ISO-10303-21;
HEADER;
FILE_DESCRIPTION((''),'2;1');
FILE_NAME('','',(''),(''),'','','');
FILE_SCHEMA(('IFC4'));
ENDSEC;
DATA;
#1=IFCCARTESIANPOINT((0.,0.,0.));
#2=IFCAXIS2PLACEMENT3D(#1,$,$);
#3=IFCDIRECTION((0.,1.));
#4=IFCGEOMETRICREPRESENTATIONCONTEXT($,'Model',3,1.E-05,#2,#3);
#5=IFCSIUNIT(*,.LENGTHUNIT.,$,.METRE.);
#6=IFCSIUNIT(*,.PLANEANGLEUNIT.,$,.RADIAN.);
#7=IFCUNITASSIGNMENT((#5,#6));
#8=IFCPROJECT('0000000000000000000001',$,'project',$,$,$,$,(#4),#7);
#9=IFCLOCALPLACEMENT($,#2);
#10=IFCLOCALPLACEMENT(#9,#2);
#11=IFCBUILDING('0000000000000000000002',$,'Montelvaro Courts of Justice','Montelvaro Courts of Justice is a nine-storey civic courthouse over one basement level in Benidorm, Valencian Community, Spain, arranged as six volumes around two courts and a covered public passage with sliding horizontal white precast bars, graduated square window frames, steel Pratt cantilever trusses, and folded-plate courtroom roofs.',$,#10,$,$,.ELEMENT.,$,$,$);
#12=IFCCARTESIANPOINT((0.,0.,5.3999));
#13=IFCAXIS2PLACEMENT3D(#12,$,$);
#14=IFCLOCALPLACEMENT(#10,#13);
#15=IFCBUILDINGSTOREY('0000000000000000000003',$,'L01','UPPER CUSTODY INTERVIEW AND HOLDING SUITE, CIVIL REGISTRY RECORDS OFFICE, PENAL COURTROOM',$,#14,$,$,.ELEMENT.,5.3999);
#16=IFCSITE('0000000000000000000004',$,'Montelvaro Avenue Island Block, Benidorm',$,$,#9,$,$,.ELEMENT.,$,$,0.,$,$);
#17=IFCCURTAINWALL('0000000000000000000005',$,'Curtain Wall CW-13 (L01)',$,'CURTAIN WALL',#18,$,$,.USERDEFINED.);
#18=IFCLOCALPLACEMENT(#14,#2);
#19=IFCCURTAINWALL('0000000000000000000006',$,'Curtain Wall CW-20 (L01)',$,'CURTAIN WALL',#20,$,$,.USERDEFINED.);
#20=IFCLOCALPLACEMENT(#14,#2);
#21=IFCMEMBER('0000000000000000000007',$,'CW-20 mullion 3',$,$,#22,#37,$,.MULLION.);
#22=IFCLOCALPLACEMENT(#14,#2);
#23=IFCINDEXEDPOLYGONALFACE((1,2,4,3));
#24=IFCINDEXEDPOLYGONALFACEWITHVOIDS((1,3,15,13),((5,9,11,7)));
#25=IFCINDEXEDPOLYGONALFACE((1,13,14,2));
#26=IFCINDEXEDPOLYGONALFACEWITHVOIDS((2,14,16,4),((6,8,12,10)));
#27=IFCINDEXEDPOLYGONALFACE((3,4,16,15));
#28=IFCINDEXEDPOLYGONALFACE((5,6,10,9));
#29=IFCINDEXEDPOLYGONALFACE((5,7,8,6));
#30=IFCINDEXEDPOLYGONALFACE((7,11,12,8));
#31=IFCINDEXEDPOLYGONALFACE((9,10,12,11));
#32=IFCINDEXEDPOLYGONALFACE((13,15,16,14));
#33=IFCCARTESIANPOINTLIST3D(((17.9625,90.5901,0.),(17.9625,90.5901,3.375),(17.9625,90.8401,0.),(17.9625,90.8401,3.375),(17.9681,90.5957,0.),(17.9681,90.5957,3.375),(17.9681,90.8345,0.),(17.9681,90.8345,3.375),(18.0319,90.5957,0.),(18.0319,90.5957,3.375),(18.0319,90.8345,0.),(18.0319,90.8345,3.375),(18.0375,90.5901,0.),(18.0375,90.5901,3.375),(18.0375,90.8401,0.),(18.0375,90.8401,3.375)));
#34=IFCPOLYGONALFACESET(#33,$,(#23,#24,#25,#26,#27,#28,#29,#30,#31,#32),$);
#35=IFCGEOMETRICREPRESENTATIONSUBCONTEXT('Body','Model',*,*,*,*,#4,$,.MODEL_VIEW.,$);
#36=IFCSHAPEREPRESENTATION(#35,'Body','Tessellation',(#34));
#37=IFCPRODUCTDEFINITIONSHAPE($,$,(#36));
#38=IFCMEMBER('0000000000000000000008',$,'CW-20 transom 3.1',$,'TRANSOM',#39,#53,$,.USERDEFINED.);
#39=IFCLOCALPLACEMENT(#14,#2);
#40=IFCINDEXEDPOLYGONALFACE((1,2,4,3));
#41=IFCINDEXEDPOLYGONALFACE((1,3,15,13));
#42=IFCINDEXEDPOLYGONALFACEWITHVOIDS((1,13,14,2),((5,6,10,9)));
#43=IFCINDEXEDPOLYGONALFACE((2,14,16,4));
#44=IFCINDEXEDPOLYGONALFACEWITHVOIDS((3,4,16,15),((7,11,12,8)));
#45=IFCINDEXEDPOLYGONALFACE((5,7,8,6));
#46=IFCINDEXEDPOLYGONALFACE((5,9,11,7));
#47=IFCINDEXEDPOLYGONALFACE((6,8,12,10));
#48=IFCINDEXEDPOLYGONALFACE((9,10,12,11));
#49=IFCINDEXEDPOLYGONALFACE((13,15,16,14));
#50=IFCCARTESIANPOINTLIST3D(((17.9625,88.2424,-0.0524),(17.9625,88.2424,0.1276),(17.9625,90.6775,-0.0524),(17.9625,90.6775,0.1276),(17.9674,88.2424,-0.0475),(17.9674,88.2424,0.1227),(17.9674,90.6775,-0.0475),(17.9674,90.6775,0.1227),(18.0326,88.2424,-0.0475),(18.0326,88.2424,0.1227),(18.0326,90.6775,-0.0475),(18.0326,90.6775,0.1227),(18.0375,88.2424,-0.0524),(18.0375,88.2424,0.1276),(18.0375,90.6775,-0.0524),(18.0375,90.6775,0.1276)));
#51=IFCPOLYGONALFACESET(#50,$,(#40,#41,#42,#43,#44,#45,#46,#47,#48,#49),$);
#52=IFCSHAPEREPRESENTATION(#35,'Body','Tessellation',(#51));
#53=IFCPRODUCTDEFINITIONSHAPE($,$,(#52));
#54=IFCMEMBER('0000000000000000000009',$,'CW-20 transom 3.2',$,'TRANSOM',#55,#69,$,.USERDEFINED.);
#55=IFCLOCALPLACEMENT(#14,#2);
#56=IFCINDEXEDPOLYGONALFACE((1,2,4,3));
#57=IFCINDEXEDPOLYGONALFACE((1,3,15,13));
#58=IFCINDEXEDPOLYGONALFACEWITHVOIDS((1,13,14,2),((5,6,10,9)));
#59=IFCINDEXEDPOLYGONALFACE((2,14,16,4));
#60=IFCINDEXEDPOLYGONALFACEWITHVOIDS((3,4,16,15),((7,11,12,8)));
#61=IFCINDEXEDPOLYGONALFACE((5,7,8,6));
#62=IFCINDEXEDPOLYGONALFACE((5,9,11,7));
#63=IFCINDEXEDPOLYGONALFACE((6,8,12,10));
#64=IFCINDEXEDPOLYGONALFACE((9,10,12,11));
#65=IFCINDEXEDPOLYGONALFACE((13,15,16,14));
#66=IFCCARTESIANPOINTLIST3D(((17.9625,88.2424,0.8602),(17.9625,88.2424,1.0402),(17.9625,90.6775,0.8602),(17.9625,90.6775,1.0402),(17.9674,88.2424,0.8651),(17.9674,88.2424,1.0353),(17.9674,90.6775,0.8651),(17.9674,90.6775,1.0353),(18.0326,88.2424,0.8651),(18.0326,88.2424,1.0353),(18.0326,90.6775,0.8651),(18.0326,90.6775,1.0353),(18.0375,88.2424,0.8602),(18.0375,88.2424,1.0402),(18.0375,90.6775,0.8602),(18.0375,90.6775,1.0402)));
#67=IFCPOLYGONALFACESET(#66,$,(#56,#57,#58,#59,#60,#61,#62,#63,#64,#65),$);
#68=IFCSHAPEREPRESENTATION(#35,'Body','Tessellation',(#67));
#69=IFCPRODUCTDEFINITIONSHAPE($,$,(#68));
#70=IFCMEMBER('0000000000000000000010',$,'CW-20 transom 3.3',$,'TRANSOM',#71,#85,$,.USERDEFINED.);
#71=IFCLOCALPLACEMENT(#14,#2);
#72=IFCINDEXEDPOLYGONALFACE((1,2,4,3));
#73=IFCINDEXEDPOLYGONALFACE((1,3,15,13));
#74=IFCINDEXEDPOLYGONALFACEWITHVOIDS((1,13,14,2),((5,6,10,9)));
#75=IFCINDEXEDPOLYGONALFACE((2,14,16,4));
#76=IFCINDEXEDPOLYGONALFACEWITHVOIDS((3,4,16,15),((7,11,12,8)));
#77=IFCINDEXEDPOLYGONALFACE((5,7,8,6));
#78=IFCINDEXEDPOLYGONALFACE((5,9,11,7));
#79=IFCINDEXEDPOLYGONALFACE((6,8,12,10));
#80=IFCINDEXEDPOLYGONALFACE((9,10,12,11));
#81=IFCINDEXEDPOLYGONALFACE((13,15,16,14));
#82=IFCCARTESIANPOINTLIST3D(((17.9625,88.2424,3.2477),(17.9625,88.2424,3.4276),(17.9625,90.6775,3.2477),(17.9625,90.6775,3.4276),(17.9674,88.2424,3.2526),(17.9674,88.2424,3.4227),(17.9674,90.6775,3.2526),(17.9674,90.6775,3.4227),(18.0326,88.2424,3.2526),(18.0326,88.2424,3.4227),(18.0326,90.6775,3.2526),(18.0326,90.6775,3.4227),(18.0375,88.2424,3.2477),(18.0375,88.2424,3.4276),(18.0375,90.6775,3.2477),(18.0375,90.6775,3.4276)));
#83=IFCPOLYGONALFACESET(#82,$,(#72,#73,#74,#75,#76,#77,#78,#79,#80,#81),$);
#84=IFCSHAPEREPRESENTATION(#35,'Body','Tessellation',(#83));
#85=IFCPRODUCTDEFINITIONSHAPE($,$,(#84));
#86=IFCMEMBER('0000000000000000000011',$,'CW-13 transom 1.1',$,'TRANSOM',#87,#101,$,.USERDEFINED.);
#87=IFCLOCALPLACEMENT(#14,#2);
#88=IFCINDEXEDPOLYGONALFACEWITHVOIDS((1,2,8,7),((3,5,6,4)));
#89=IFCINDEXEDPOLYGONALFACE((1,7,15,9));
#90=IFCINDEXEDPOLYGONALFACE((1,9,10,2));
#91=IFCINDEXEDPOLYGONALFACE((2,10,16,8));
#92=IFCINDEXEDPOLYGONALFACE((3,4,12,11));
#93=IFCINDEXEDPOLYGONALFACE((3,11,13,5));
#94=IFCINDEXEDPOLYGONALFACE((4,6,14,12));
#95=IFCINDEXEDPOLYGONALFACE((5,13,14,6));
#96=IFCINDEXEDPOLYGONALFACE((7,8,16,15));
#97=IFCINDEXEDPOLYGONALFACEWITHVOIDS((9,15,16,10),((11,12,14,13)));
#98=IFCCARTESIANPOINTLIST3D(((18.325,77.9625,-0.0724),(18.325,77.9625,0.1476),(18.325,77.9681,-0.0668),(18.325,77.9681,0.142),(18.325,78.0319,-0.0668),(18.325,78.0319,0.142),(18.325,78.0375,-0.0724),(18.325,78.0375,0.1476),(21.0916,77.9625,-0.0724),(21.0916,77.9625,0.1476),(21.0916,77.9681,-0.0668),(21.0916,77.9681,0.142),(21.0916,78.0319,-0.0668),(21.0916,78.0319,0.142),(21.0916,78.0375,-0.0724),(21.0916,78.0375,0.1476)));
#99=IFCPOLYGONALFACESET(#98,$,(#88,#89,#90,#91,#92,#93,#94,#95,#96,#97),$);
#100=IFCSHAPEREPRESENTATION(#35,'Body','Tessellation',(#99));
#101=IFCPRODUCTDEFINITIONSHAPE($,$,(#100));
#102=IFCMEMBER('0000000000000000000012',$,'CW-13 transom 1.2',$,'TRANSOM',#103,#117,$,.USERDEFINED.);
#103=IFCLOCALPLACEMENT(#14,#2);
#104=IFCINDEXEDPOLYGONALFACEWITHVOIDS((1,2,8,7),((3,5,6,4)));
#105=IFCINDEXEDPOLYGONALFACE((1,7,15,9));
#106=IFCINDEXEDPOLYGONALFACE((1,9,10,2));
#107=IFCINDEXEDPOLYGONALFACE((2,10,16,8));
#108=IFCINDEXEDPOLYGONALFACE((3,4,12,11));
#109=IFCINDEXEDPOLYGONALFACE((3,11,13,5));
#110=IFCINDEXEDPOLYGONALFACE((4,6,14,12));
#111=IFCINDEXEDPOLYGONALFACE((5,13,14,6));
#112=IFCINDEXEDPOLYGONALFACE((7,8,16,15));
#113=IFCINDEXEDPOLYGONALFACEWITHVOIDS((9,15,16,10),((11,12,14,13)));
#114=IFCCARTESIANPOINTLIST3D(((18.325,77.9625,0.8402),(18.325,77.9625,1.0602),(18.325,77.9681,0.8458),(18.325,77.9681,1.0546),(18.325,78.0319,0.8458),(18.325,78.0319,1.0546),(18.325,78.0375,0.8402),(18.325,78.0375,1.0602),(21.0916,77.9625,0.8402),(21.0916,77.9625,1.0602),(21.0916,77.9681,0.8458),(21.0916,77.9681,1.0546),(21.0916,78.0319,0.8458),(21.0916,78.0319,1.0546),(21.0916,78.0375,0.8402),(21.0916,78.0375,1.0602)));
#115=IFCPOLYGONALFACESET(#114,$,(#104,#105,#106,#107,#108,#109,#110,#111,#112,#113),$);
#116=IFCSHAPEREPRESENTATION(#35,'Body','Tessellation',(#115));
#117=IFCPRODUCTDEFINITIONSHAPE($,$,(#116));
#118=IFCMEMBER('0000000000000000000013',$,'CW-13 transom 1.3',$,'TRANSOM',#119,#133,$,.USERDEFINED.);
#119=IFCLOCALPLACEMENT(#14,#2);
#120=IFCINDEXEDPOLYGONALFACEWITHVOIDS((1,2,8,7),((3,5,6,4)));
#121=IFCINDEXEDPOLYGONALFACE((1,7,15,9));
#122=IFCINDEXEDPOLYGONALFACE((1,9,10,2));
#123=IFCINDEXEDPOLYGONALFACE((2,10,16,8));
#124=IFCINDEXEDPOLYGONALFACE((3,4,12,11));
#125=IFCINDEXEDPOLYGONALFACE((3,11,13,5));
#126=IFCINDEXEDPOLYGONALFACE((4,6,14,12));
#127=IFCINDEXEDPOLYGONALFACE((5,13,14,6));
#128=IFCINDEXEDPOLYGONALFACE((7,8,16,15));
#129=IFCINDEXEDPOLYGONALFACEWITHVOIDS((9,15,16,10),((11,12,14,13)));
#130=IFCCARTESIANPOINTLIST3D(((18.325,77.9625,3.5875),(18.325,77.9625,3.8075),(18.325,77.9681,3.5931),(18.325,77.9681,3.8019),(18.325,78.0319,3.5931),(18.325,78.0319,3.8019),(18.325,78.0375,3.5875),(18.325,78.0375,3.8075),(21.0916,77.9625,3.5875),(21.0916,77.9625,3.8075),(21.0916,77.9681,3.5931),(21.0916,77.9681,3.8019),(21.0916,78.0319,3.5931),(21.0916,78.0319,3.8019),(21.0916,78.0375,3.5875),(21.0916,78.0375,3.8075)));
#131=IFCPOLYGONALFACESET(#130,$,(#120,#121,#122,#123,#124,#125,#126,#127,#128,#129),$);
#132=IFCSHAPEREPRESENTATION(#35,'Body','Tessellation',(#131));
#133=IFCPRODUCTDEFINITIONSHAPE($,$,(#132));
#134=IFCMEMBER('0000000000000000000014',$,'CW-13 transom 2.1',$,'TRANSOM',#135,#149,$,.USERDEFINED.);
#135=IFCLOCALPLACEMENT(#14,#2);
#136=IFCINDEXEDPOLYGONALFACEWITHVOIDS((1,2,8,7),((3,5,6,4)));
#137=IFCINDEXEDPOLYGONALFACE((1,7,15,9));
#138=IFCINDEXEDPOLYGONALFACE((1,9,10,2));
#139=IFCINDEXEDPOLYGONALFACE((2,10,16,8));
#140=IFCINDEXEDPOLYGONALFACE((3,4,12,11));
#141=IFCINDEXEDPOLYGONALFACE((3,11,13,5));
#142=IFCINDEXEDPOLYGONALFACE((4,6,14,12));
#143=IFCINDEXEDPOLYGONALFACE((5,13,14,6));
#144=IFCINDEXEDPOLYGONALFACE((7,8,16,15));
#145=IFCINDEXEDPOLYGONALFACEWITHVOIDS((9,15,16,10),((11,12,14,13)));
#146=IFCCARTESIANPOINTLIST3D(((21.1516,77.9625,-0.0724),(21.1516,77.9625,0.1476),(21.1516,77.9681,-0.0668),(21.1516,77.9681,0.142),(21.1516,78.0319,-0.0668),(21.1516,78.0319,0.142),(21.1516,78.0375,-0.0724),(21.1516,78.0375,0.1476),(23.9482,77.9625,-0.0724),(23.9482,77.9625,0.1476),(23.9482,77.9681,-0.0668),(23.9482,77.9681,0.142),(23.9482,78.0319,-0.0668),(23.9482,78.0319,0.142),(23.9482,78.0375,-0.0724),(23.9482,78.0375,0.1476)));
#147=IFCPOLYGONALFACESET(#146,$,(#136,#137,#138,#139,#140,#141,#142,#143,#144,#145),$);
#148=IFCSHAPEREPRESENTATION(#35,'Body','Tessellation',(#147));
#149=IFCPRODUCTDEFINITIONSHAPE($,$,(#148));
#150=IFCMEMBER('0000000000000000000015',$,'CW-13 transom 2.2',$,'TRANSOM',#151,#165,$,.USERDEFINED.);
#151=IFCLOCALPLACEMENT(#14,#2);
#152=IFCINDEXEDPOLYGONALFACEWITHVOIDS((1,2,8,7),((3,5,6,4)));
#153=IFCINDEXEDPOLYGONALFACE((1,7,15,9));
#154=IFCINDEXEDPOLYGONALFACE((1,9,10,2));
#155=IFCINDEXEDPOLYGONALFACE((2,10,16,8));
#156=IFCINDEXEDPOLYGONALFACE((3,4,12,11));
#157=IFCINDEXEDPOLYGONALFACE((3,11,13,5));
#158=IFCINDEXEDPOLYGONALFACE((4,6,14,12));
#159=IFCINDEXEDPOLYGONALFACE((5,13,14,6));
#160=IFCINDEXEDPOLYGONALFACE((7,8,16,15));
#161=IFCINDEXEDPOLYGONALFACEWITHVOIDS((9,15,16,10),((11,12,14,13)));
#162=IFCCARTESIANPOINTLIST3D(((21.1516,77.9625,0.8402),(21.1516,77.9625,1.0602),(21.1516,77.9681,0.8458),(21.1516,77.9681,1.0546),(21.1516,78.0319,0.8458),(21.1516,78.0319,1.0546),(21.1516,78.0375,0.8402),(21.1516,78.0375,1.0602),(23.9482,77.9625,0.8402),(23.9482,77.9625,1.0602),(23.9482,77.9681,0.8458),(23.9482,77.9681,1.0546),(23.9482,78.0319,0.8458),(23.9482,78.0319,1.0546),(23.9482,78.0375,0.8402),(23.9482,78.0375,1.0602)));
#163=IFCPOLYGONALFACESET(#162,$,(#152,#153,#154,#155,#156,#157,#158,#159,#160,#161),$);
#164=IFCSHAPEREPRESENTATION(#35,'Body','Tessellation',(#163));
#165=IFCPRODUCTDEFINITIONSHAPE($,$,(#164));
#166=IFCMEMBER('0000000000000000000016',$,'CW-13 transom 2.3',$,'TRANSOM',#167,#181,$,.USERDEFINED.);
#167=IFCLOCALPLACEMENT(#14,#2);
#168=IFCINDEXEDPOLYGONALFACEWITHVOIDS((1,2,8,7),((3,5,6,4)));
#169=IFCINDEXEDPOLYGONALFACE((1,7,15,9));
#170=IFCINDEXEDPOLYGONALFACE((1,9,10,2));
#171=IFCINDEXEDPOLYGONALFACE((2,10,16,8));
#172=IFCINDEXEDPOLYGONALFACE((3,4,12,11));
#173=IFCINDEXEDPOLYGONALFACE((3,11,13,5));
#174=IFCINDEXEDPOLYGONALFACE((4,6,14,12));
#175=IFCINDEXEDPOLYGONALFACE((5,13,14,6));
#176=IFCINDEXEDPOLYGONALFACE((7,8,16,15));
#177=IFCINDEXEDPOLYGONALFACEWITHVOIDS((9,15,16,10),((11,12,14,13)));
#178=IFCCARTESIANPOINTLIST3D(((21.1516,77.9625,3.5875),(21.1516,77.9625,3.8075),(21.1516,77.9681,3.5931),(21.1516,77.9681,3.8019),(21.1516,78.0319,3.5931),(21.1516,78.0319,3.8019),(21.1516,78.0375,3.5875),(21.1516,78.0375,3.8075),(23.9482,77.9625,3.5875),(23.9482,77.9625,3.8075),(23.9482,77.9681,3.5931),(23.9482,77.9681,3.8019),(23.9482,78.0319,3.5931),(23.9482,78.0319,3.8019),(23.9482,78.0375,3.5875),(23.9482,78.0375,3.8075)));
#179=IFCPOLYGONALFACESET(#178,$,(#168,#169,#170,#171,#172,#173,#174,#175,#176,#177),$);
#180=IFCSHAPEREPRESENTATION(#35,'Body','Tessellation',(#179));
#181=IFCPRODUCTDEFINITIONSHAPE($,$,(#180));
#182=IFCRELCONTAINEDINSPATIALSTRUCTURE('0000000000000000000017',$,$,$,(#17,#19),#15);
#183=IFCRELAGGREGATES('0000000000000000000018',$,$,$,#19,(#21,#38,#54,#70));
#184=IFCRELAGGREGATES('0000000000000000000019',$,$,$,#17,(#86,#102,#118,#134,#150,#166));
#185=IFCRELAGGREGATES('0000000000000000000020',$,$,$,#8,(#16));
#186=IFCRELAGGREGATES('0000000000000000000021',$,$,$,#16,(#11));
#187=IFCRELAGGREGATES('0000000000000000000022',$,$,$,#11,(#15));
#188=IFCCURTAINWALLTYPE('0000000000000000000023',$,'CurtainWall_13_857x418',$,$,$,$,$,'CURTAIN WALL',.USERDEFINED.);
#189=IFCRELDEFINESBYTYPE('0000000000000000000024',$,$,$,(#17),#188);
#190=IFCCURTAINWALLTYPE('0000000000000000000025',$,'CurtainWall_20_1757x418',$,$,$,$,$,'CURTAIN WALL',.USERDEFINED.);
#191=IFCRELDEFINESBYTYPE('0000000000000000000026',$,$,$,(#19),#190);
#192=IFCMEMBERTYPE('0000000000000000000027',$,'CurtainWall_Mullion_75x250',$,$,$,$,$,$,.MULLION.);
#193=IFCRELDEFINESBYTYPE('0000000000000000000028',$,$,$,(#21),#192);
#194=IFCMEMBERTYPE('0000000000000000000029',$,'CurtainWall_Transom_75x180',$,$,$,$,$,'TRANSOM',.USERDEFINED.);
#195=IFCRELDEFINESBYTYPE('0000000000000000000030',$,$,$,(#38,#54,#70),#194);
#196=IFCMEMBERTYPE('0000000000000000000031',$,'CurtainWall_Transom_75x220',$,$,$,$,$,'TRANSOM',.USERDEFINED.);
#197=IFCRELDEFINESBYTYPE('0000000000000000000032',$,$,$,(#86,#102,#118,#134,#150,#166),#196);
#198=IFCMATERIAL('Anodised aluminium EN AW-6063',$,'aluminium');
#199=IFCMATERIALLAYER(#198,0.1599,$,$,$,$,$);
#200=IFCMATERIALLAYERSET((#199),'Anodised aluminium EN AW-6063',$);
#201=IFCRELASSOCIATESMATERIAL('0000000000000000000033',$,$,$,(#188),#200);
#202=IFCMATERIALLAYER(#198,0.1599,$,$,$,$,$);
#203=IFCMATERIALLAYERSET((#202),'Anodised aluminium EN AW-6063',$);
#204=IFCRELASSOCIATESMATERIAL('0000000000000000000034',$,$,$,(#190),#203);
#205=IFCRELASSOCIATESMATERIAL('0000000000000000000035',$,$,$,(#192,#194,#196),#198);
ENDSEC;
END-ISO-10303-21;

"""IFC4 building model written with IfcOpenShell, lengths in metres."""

from ifc_helpers import new_model, si_unit, direction, frame, origin, origin_2d, place, context, subcontext, project, spatial, hollow_rectangle, extrude, material, layer, layer_set, material_profile, profile_set, type_object, element, aggregate, save


model = new_model("IFC4")

# Units and contexts
model_context = context("Model", 3, precision=1e-05, world=origin(), true_north=direction((0.0, 1.0)))
body_context = subcontext(model_context, "Body", "Model", "MODEL_VIEW")
ifc_project = project(units=[si_unit("LENGTHUNIT", "METRE"), si_unit("PLANEANGLEUNIT", "RADIAN")], contexts=[model_context])

# Site, building, storey
site_placement = place(None, origin())
site = spatial("IfcSite", under=ifc_project, at=site_placement, Name="Montelvaro Avenue Island Block, Benidorm", CompositionType="ELEMENT", RefElevation=0.0)
building_placement = place(site_placement, origin())
building = spatial("IfcBuilding", under=site, at=building_placement, Name="Montelvaro Courts of Justice", Description="Montelvaro Courts of Justice is a nine-storey civic courthouse over one basement level in Benidorm, Valencian Community, Spain, arranged as six volumes around two courts and a covered public passage with sliding horizontal white precast bars, graduated square window frames, steel Pratt cantilever trusses, and folded-plate courtroom roofs.", CompositionType="ELEMENT")
storey_placement = place(building_placement, frame((0.0, 0.0, 5.3999)))
storey = spatial("IfcBuildingStorey", under=building, at=storey_placement, Name="L01", Description="UPPER CUSTODY INTERVIEW AND HOLDING SUITE, CIVIL REGISTRY RECORDS OFFICE, PENAL COURTROOM", CompositionType="ELEMENT", Elevation=5.3999)

# Curtain walls, members
ifc_material_1 = material(Name="Anodised aluminium EN AW-6063", Category="aluminium")
ifc_layer_1 = layer(ifc_material_1, 0.1599)
ifc_layer_set_1 = layer_set([ifc_layer_1], Name="Anodised aluminium EN AW-6063")
curtain_wall_type_1 = type_object("IfcCurtainWallType", Name="CurtainWall_13_857x418", ElementType="CURTAIN WALL", PredefinedType="USERDEFINED", material=ifc_layer_set_1)
curtain_wall_1_placement = place(storey_placement, origin())
curtain_wall_1 = element("IfcCurtainWall", 1, at=curtain_wall_1_placement, inside=storey, type_object=curtain_wall_type_1, Name="Curtain Wall CW-13 (L01)", ObjectType="CURTAIN WALL", PredefinedType="USERDEFINED")
ifc_layer_2 = layer(ifc_material_1, 0.1599)
ifc_layer_set_2 = layer_set([ifc_layer_2], Name="Anodised aluminium EN AW-6063")
curtain_wall_type_2 = type_object("IfcCurtainWallType", Name="CurtainWall_20_1757x418", ElementType="CURTAIN WALL", PredefinedType="USERDEFINED", material=ifc_layer_set_2)
curtain_wall_2_placement = place(storey_placement, origin())
curtain_wall_2 = element("IfcCurtainWall", 2, at=curtain_wall_2_placement, inside=storey, type_object=curtain_wall_type_2, Name="Curtain Wall CW-20 (L01)", ObjectType="CURTAIN WALL", PredefinedType="USERDEFINED")
ifc_material_profile_1 = material_profile(ifc_material_1, hollow_rectangle(XDim=0.075, YDim=0.25, WallThickness=0.0056, at=origin_2d()), Name="ALU-M 75x250")
ifc_profile_set_1 = profile_set([ifc_material_profile_1], Name="Anodised aluminium EN AW-6063")
member_type_1 = type_object("IfcMemberType", Name="CurtainWall_Mullion_75x250", PredefinedType="MULLION", material=ifc_profile_set_1)
member_1_placement = place(storey_placement, frame((18.0, 90.7151, 0.0), z_axis=(0.0, 0.0, 1.0), x_axis=(1.0, 0.0, 0.0)))
member_1 = element("IfcMember", 3, at=member_1_placement, type_object=member_type_1, Name="CW-20 mullion 3", PredefinedType="MULLION", context=body_context, shape_type="SweptSolid", body=[
    extrude(hollow_rectangle(XDim=0.075, YDim=0.25, WallThickness=0.0056, at=origin_2d()), origin(), (0.0, 0.0, 1.0), 3.375),
])
ifc_material_profile_2 = material_profile(ifc_material_1, hollow_rectangle(XDim=0.075, YDim=0.1799, WallThickness=0.0049, at=origin_2d()), Name="ALU-T 75x180")
ifc_profile_set_2 = profile_set([ifc_material_profile_2], Name="Anodised aluminium EN AW-6063")
member_type_2 = type_object("IfcMemberType", Name="CurtainWall_Transom_75x180", ElementType="TRANSOM", PredefinedType="USERDEFINED", material=ifc_profile_set_2)
member_2_placement = place(storey_placement, frame((18.0, 90.6775, 0.0376), z_axis=(0.0, -1.0, 0.0), x_axis=(1.0, 0.0, 0.0)))
member_2 = element("IfcMember", 4, at=member_2_placement, type_object=member_type_2, Name="CW-20 transom 3.1", ObjectType="TRANSOM", PredefinedType="USERDEFINED", context=body_context, shape_type="SweptSolid", body=[
    extrude(hollow_rectangle(XDim=0.075, YDim=0.1799, WallThickness=0.0049, at=origin_2d()), origin(), (0.0, 0.0, 1.0), 2.4351),
])
member_3_placement = place(storey_placement, frame((18.0, 90.6775, 0.9502), z_axis=(0.0, -1.0, 0.0), x_axis=(1.0, 0.0, 0.0)))
member_3 = element("IfcMember", 5, at=member_3_placement, type_object=member_type_2, Name="CW-20 transom 3.2", ObjectType="TRANSOM", PredefinedType="USERDEFINED", context=body_context, shape_type="SweptSolid", body=[
    extrude(hollow_rectangle(XDim=0.075, YDim=0.1799, WallThickness=0.0049, at=origin_2d()), origin(), (0.0, 0.0, 1.0), 2.4351),
])
member_4_placement = place(storey_placement, frame((18.0, 90.6775, 3.3376), z_axis=(0.0, -1.0, 0.0), x_axis=(1.0, 0.0, 0.0)))
member_4 = element("IfcMember", 6, at=member_4_placement, type_object=member_type_2, Name="CW-20 transom 3.3", ObjectType="TRANSOM", PredefinedType="USERDEFINED", context=body_context, shape_type="SweptSolid", body=[
    extrude(hollow_rectangle(XDim=0.075, YDim=0.1799, WallThickness=0.0049, at=origin_2d()), origin(), (0.0, 0.0, 1.0), 2.4351),
])

# Members
ifc_material_profile_3 = material_profile(ifc_material_1, hollow_rectangle(XDim=0.075, YDim=0.22, WallThickness=0.0056, at=origin_2d()), Name="ALU-T 75x220")
ifc_profile_set_3 = profile_set([ifc_material_profile_3], Name="Anodised aluminium EN AW-6063")
member_type_3 = type_object("IfcMemberType", Name="CurtainWall_Transom_75x220", ElementType="TRANSOM", PredefinedType="USERDEFINED", material=ifc_profile_set_3)
member_5_placement = place(storey_placement, frame((18.325, 78.0, 0.0376), z_axis=(1.0, 0.0, 0.0), x_axis=(0.0, 1.0, 0.0)))
member_5 = element("IfcMember", 7, at=member_5_placement, type_object=member_type_3, Name="CW-13 transom 1.1", ObjectType="TRANSOM", PredefinedType="USERDEFINED", context=body_context, shape_type="SweptSolid", body=[
    extrude(hollow_rectangle(XDim=0.075, YDim=0.22, WallThickness=0.0056, at=origin_2d()), origin(), (0.0, 0.0, 1.0), 2.7666),
])
member_6_placement = place(storey_placement, frame((18.325, 78.0, 0.9502), z_axis=(1.0, 0.0, 0.0), x_axis=(0.0, 1.0, 0.0)))
member_6 = element("IfcMember", 8, at=member_6_placement, type_object=member_type_3, Name="CW-13 transom 1.2", ObjectType="TRANSOM", PredefinedType="USERDEFINED", context=body_context, shape_type="SweptSolid", body=[
    extrude(hollow_rectangle(XDim=0.075, YDim=0.22, WallThickness=0.0056, at=origin_2d()), origin(), (0.0, 0.0, 1.0), 2.7666),
])
member_7_placement = place(storey_placement, frame((18.325, 78.0, 3.6975), z_axis=(1.0, 0.0, 0.0), x_axis=(0.0, 1.0, 0.0)))
member_7 = element("IfcMember", 9, at=member_7_placement, type_object=member_type_3, Name="CW-13 transom 1.3", ObjectType="TRANSOM", PredefinedType="USERDEFINED", context=body_context, shape_type="SweptSolid", body=[
    extrude(hollow_rectangle(XDim=0.075, YDim=0.22, WallThickness=0.0056, at=origin_2d()), origin(), (0.0, 0.0, 1.0), 2.7666),
])
member_8_placement = place(storey_placement, frame((21.1516, 78.0, 0.0376), z_axis=(1.0, 0.0, 0.0), x_axis=(0.0, 1.0, 0.0)))
member_8 = element("IfcMember", 10, at=member_8_placement, type_object=member_type_3, Name="CW-13 transom 2.1", ObjectType="TRANSOM", PredefinedType="USERDEFINED", context=body_context, shape_type="SweptSolid", body=[
    extrude(hollow_rectangle(XDim=0.075, YDim=0.22, WallThickness=0.0056, at=origin_2d()), origin(), (0.0, 0.0, 1.0), 2.7966),
])
member_9_placement = place(storey_placement, frame((21.1516, 78.0, 0.9502), z_axis=(1.0, 0.0, 0.0), x_axis=(0.0, 1.0, 0.0)))
member_9 = element("IfcMember", 11, at=member_9_placement, type_object=member_type_3, Name="CW-13 transom 2.2", ObjectType="TRANSOM", PredefinedType="USERDEFINED", context=body_context, shape_type="SweptSolid", body=[
    extrude(hollow_rectangle(XDim=0.075, YDim=0.22, WallThickness=0.0056, at=origin_2d()), origin(), (0.0, 0.0, 1.0), 2.7966),
])
member_10_placement = place(storey_placement, frame((21.1516, 78.0, 3.6975), z_axis=(1.0, 0.0, 0.0), x_axis=(0.0, 1.0, 0.0)))
member_10 = element("IfcMember", 12, at=member_10_placement, type_object=member_type_3, Name="CW-13 transom 2.3", ObjectType="TRANSOM", PredefinedType="USERDEFINED", context=body_context, shape_type="SweptSolid", body=[
    extrude(hollow_rectangle(XDim=0.075, YDim=0.22, WallThickness=0.0056, at=origin_2d()), origin(), (0.0, 0.0, 1.0), 2.7966),
])

aggregate(curtain_wall_2, [member_1, member_2, member_3, member_4])
aggregate(curtain_wall_1, [member_5, member_6, member_7, member_8, member_9, member_10])

save(model, "model.ifc")
